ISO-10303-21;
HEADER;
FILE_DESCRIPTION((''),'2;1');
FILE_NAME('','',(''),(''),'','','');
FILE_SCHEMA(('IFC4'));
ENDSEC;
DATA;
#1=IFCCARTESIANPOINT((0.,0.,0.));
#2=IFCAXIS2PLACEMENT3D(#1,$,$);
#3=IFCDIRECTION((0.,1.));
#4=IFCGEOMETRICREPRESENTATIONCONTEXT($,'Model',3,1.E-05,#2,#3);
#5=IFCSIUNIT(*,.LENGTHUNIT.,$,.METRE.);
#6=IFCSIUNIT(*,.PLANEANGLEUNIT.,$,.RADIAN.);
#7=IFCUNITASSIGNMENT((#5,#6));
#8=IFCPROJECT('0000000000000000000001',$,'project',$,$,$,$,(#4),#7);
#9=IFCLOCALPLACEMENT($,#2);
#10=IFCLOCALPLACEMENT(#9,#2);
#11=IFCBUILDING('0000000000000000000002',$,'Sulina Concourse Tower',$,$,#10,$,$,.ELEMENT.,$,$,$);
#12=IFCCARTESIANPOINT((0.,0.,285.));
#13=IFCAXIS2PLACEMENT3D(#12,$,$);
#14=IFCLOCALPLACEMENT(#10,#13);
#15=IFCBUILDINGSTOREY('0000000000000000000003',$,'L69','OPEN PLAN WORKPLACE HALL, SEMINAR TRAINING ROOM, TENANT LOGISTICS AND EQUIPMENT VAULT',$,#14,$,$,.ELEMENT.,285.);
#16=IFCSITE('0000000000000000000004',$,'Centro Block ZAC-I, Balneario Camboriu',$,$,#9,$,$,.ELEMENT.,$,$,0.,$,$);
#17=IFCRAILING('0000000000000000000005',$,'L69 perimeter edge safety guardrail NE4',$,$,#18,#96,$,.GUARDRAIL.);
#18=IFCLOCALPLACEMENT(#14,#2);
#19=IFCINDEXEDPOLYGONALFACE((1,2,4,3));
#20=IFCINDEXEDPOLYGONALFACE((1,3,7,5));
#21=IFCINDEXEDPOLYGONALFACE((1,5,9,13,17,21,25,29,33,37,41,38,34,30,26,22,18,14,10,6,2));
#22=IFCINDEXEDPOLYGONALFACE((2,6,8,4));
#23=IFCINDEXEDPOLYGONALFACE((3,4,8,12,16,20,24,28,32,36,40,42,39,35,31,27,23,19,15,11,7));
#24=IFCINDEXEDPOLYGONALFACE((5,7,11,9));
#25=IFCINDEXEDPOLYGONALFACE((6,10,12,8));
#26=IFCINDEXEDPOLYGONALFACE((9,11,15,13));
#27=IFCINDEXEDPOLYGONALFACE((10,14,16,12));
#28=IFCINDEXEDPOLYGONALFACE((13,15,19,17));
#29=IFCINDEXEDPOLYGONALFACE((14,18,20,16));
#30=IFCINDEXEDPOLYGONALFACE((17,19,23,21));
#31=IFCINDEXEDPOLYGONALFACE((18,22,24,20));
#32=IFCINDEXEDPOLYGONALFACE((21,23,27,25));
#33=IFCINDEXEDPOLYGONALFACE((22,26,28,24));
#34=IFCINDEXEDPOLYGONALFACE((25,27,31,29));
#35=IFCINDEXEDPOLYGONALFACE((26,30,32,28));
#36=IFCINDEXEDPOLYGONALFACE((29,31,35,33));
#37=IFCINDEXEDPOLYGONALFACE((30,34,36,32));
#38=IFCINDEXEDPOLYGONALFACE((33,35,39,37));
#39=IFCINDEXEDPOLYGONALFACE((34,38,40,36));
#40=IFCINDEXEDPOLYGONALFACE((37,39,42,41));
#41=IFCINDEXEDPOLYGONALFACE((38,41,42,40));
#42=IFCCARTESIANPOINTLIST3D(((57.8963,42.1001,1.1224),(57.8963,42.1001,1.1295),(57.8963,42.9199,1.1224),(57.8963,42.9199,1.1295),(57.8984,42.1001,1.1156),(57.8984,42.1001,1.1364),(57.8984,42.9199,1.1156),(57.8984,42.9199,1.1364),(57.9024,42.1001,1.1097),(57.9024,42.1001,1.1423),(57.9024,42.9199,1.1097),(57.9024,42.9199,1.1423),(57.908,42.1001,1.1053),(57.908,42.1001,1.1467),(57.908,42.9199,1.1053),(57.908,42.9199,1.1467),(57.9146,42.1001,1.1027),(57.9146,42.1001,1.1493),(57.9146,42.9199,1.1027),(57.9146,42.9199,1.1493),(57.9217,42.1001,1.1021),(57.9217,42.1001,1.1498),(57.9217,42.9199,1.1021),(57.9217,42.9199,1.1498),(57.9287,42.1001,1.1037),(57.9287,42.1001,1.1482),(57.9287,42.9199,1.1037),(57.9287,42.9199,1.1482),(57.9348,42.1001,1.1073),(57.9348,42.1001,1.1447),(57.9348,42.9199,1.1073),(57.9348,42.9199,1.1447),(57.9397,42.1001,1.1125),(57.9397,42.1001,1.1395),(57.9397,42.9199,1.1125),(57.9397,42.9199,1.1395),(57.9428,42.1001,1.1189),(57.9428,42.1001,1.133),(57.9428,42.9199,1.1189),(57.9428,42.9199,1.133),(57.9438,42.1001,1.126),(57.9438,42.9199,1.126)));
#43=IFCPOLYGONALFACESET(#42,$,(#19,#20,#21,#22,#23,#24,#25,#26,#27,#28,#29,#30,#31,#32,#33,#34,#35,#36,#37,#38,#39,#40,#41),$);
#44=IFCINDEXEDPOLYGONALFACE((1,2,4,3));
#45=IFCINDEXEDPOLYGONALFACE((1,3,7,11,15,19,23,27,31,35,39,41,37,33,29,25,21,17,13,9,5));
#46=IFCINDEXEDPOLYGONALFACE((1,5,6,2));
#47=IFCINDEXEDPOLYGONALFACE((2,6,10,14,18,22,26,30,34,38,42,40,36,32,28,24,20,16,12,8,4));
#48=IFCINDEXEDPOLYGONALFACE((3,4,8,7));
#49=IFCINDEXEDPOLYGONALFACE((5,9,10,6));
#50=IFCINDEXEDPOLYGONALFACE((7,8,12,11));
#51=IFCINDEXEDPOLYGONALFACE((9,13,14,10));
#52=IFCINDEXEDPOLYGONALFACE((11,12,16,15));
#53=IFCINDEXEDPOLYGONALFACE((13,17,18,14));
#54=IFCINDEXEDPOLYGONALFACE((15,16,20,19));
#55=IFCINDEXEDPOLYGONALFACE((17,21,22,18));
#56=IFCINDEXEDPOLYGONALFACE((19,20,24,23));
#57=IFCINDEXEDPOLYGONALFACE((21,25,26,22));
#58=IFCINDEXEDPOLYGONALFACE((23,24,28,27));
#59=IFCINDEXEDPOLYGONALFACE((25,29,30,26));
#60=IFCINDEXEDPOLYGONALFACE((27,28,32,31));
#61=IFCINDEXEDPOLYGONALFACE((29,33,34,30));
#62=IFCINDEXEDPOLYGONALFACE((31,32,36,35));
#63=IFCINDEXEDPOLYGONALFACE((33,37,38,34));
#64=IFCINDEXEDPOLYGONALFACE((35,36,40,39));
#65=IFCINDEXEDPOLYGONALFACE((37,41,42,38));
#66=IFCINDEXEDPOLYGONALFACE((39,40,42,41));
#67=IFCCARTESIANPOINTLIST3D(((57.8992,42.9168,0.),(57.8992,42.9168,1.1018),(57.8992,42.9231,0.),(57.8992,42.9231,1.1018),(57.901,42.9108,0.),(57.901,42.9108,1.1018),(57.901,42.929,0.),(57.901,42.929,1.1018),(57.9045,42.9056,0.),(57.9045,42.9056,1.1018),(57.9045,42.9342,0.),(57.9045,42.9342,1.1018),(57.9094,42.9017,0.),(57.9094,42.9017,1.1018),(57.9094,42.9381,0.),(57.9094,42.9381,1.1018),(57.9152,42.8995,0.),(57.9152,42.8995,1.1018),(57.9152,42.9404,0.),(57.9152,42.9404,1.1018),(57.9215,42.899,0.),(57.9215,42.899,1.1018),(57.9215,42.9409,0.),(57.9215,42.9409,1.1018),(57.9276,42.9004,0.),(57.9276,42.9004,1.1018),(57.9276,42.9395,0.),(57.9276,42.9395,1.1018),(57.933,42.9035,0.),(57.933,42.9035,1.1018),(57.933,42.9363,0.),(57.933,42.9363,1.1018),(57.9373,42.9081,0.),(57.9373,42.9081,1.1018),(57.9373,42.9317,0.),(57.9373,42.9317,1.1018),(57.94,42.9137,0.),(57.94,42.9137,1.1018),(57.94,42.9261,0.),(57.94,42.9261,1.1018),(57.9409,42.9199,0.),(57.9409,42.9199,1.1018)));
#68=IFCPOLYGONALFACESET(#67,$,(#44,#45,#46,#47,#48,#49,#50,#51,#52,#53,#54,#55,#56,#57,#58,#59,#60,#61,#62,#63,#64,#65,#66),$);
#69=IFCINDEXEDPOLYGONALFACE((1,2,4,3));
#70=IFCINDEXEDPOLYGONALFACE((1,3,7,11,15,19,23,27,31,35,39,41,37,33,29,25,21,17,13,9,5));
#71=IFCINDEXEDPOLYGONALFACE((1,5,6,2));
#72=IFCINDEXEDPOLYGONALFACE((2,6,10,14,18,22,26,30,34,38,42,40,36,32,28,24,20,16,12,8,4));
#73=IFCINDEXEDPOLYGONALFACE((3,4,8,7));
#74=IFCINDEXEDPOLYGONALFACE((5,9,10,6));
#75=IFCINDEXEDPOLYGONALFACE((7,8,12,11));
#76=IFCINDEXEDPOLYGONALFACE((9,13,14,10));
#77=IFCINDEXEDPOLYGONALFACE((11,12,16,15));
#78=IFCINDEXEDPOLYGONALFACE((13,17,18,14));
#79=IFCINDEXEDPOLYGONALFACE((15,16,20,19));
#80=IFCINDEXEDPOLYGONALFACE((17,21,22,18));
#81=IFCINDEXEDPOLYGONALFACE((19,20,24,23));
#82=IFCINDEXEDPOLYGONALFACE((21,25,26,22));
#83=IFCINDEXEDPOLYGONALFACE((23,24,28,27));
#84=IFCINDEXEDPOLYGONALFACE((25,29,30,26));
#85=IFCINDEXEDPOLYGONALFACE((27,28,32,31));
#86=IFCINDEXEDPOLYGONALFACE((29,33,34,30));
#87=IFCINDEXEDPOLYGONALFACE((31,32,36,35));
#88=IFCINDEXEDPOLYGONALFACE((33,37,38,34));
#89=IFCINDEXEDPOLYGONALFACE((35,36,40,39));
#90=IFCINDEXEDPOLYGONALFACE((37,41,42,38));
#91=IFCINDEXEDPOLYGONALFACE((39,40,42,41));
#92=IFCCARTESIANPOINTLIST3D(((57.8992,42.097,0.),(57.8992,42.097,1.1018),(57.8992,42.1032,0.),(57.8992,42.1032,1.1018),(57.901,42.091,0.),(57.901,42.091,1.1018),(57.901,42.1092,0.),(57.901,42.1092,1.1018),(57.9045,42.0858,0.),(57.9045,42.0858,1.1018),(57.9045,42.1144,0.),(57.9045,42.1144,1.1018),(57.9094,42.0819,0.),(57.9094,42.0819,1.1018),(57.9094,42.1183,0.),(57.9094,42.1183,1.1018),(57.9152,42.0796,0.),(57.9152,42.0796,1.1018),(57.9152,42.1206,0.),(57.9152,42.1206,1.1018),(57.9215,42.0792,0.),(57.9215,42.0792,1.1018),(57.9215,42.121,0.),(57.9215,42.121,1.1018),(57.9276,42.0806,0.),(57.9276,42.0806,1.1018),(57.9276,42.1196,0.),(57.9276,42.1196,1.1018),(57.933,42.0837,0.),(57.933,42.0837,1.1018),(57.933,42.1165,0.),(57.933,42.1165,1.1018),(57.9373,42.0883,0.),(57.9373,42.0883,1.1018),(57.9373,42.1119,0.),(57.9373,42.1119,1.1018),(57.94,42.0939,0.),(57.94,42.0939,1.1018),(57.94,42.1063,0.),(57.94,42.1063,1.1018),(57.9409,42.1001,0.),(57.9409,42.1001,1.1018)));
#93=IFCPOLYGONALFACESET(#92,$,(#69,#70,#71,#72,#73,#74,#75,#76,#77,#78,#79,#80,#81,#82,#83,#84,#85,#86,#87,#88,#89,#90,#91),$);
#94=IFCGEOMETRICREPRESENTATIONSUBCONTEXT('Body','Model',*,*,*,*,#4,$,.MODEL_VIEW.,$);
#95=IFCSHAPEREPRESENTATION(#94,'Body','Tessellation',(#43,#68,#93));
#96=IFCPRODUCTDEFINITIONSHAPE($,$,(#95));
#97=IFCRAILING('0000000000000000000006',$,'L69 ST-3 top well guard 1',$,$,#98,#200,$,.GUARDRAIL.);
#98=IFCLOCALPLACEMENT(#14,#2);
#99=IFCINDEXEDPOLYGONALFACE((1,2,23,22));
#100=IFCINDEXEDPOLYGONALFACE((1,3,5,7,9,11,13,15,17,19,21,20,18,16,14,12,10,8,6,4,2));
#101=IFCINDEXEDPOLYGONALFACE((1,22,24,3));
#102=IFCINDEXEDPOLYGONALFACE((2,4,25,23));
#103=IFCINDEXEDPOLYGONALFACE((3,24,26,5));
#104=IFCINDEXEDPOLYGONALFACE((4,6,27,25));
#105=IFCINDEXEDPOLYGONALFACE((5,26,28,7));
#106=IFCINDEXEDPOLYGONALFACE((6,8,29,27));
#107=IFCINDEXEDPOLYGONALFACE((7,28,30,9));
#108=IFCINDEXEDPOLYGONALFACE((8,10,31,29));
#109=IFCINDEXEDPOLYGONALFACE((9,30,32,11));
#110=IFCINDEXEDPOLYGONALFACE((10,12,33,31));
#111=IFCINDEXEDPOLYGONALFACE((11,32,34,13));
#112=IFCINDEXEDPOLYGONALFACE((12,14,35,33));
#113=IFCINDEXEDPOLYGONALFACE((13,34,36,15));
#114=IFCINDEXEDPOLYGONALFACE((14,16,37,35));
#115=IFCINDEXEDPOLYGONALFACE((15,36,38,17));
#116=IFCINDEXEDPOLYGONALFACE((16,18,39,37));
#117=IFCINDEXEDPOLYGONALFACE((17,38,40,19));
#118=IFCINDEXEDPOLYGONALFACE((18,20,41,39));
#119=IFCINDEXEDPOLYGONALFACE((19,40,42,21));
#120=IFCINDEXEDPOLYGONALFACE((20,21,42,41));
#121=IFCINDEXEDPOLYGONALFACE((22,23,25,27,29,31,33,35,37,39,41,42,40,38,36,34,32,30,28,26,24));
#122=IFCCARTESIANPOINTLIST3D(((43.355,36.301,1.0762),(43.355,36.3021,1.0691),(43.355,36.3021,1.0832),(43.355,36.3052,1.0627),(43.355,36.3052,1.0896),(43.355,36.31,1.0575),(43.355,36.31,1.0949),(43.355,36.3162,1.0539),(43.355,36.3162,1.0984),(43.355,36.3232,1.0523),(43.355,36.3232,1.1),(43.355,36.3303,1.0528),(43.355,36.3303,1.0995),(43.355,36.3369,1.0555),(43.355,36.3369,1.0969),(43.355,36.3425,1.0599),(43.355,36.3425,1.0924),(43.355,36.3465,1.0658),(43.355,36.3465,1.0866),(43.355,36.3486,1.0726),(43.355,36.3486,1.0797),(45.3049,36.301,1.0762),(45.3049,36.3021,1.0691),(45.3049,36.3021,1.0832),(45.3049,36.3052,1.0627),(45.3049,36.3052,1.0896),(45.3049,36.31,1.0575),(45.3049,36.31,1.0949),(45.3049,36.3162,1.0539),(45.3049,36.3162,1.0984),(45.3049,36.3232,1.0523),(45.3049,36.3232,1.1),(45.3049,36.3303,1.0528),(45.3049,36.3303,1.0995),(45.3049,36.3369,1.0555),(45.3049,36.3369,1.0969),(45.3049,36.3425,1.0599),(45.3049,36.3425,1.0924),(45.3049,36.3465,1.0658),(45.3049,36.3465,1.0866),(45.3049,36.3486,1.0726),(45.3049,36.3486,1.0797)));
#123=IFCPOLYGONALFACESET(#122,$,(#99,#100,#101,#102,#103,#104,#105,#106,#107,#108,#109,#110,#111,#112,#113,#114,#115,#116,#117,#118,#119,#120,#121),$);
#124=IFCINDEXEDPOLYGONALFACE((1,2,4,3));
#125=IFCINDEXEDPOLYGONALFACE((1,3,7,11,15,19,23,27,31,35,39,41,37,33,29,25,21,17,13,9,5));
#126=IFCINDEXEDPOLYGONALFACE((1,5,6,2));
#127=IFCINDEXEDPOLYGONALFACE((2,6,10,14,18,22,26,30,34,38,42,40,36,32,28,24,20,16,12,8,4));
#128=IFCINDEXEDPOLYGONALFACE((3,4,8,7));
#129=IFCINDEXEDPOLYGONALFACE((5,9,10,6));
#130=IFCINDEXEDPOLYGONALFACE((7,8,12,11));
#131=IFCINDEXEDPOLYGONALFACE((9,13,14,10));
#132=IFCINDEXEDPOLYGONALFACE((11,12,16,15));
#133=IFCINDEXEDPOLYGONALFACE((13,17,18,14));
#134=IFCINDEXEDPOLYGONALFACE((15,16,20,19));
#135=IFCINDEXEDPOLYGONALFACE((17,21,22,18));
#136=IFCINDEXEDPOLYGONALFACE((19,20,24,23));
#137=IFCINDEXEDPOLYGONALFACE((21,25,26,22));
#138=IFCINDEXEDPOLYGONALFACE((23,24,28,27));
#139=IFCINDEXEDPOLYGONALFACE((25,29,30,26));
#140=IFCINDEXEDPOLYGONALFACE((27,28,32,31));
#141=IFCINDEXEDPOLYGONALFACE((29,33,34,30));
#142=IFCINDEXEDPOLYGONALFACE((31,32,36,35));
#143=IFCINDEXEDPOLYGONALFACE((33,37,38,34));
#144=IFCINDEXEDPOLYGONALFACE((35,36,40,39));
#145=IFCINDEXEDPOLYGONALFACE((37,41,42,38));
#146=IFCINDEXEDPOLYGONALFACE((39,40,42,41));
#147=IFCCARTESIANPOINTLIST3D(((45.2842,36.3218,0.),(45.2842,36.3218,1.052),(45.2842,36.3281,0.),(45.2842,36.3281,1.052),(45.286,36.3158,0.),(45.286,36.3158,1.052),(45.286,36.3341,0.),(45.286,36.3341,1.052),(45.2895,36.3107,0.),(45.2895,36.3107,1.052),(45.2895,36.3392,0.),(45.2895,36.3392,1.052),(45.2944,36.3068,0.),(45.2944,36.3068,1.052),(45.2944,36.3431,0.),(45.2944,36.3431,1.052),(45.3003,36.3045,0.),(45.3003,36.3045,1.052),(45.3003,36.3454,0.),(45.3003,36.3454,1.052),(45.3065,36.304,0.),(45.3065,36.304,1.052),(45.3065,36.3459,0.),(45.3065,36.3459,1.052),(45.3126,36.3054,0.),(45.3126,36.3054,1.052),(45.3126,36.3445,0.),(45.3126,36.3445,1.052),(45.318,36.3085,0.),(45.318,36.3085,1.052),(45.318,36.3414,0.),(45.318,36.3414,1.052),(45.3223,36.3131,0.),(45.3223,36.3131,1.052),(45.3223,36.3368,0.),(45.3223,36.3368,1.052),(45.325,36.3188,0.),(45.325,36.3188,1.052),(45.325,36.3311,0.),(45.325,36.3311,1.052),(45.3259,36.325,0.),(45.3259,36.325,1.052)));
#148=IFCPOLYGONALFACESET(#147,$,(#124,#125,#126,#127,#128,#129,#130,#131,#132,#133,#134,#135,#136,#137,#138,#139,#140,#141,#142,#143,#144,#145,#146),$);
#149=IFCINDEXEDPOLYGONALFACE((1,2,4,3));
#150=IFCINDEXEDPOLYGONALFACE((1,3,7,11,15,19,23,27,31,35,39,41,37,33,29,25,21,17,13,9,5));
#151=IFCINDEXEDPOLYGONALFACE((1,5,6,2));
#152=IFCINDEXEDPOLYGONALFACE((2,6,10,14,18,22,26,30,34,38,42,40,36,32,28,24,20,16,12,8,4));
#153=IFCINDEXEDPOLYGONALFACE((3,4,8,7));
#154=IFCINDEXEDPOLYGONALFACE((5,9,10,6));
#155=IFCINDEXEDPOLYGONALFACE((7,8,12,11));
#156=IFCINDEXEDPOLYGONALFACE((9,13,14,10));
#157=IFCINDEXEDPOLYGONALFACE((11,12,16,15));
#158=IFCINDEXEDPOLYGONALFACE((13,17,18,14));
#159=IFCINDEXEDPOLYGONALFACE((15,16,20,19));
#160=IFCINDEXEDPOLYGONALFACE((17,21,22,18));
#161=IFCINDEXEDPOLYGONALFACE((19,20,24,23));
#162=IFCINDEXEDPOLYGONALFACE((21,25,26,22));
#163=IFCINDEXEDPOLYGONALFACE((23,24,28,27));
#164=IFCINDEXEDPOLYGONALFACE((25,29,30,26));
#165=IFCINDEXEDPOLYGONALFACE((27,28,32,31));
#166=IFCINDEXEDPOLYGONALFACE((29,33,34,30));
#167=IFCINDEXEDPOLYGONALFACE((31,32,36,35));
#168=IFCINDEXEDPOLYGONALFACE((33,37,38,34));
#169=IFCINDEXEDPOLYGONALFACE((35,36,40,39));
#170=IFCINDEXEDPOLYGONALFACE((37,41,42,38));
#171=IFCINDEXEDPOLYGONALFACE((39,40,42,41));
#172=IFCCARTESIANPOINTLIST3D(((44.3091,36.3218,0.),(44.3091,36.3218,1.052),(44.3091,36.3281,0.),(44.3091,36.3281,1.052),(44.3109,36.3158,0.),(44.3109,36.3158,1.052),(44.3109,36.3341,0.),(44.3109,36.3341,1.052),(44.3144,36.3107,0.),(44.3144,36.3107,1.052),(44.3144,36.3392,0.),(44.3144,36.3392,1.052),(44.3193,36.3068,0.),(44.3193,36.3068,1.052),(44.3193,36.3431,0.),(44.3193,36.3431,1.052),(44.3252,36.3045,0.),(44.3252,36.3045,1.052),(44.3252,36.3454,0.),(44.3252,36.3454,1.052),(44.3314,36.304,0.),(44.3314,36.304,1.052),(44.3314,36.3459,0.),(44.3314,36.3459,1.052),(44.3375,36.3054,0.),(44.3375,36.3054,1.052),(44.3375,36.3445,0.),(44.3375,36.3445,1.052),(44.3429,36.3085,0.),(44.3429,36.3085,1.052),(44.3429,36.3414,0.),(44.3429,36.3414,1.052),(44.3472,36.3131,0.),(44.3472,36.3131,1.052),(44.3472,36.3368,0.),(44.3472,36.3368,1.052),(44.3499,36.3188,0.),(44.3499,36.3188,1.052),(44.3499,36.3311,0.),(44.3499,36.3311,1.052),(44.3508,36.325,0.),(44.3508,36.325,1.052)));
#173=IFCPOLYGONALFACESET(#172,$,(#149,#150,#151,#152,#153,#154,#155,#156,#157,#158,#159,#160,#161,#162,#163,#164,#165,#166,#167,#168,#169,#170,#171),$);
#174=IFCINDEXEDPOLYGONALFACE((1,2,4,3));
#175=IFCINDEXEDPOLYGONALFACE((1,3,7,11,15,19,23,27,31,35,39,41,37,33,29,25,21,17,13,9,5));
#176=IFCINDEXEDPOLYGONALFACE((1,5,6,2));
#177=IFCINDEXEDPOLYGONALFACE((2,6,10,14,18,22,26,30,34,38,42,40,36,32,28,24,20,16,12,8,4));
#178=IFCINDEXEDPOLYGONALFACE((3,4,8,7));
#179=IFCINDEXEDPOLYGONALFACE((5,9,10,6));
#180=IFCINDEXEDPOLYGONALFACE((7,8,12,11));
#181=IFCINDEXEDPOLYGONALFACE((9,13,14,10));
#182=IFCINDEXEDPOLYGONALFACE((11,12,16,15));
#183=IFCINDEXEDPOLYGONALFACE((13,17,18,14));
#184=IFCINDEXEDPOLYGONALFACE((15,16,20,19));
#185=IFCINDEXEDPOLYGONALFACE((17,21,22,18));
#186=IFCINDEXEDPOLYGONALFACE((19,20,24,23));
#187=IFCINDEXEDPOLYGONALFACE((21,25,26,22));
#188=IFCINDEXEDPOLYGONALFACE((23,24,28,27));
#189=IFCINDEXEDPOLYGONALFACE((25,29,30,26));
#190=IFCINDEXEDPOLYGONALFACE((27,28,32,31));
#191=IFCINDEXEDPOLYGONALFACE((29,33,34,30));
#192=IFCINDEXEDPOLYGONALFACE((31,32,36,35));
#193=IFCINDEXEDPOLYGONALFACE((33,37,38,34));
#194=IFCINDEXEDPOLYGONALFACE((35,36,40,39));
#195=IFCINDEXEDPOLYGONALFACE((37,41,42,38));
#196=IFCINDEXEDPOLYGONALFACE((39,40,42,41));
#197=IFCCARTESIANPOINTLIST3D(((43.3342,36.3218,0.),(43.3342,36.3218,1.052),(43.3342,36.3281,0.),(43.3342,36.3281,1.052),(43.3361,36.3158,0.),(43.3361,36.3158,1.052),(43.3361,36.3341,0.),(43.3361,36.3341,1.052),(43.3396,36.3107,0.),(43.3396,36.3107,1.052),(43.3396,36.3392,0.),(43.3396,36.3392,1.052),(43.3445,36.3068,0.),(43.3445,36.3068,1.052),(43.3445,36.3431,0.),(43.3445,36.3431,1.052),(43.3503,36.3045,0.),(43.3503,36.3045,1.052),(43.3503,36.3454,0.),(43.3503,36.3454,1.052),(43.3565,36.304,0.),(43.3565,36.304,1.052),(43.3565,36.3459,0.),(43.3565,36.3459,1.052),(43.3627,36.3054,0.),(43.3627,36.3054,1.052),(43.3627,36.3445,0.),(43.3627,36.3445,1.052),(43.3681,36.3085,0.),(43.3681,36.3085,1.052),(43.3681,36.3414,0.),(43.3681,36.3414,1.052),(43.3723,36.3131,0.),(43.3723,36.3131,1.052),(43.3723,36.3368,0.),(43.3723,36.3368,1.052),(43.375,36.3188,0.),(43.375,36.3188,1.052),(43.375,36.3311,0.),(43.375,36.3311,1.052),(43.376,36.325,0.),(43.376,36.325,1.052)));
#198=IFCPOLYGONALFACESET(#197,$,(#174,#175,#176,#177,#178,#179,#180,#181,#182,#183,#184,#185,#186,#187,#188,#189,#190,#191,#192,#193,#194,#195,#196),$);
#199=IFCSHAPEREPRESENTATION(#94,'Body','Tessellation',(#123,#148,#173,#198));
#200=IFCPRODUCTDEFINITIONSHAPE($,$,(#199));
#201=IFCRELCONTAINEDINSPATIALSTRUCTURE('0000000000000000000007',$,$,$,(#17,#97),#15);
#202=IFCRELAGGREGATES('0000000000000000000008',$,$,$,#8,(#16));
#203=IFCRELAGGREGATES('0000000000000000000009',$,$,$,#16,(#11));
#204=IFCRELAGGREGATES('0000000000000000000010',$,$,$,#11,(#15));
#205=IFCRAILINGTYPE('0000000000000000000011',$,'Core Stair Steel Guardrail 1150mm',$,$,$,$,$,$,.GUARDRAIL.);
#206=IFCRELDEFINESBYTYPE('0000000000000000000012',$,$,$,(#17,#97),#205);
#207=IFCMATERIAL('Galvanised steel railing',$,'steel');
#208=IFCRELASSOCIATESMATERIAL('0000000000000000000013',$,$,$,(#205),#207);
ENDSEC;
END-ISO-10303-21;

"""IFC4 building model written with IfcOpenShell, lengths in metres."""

from ifc_helpers import new_model, si_unit, direction, frame, origin, origin_2d, place, context, subcontext, project, spatial, circle, extrude, material, type_object, element, save


model = new_model("IFC4")

# Units and contexts
model_context = context("Model", 3, precision=1e-05, world=origin(), true_north=direction((0.0, 1.0)))
body_context = subcontext(model_context, "Body", "Model", "MODEL_VIEW")
ifc_project = project(units=[si_unit("LENGTHUNIT", "METRE"), si_unit("PLANEANGLEUNIT", "RADIAN")], contexts=[model_context])

# Site, building, storey
site_placement = place(None, origin())
site = spatial("IfcSite", under=ifc_project, at=site_placement, Name="Centro Block ZAC-I, Balneario Camboriu", CompositionType="ELEMENT", RefElevation=0.0)
building_placement = place(site_placement, origin())
building = spatial("IfcBuilding", under=site, at=building_placement, Name="Sulina Concourse Tower", CompositionType="ELEMENT")
storey_placement = place(building_placement, frame((0.0, 0.0, 285.0)))
storey = spatial("IfcBuildingStorey", under=building, at=storey_placement, Name="L69", Description="OPEN PLAN WORKPLACE HALL, SEMINAR TRAINING ROOM, TENANT LOGISTICS AND EQUIPMENT VAULT", CompositionType="ELEMENT", Elevation=285.0)

# Railings
ifc_material_1 = material(Name="Galvanised steel railing", Category="steel")
railing_type = type_object("IfcRailingType", Name="Core Stair Steel Guardrail 1150mm", PredefinedType="GUARDRAIL", material=ifc_material_1)
railing_1_placement = place(storey_placement, frame((57.9199, 42.9199, 0.0)))
element("IfcRailing", 1, at=railing_1_placement, inside=storey, type_object=railing_type, Name="L69 perimeter edge safety guardrail NE4", PredefinedType="GUARDRAIL", context=body_context, shape_type="SweptSolid", body=[
    extrude(circle(Radius=0.0239, at=origin_2d()), frame((0.0, 0.0, 1.126), z_axis=(0.0, -1.0, 0.0), x_axis=(1.0, 0.0, 0.0)), (0.0, 0.0, 1.0), 0.8198),
    extrude(circle(Radius=0.021, at=origin_2d()), origin(), (0.0, 0.0, 1.0), 1.1018),
    extrude(circle(Radius=0.021, at=origin_2d()), frame((0.0, -0.8198, 0.0)), (0.0, 0.0, 1.0), 1.1018),
])
for number, where, name in (
    (2, (45.3049, 36.325, 0.0), "L69 ST-3 top well guard 1"),
):
    element("IfcRailing", number, at=place(storey_placement, frame(where)), inside=storey, type_object=railing_type, Name=name, PredefinedType="GUARDRAIL", context=body_context, shape_type="SweptSolid", body=[
        extrude(circle(Radius=0.0239, at=origin_2d()), frame((0.0, 0.0, 1.0762), z_axis=(-1.0, 0.0, 0.0), x_axis=(0.0, -1.0, 0.0)), (0.0, 0.0, 1.0), 1.95),
        extrude(circle(Radius=0.021, at=origin_2d()), origin(), (0.0, 0.0, 1.0), 1.052),
        extrude(circle(Radius=0.021, at=origin_2d()), frame((-0.9751, 0.0, 0.0)), (0.0, 0.0, 1.0), 1.052),
        extrude(circle(Radius=0.021, at=origin_2d()), frame((-1.95, 0.0, 0.0)), (0.0, 0.0, 1.0), 1.052),
    ])

save(model, "model.ifc")
